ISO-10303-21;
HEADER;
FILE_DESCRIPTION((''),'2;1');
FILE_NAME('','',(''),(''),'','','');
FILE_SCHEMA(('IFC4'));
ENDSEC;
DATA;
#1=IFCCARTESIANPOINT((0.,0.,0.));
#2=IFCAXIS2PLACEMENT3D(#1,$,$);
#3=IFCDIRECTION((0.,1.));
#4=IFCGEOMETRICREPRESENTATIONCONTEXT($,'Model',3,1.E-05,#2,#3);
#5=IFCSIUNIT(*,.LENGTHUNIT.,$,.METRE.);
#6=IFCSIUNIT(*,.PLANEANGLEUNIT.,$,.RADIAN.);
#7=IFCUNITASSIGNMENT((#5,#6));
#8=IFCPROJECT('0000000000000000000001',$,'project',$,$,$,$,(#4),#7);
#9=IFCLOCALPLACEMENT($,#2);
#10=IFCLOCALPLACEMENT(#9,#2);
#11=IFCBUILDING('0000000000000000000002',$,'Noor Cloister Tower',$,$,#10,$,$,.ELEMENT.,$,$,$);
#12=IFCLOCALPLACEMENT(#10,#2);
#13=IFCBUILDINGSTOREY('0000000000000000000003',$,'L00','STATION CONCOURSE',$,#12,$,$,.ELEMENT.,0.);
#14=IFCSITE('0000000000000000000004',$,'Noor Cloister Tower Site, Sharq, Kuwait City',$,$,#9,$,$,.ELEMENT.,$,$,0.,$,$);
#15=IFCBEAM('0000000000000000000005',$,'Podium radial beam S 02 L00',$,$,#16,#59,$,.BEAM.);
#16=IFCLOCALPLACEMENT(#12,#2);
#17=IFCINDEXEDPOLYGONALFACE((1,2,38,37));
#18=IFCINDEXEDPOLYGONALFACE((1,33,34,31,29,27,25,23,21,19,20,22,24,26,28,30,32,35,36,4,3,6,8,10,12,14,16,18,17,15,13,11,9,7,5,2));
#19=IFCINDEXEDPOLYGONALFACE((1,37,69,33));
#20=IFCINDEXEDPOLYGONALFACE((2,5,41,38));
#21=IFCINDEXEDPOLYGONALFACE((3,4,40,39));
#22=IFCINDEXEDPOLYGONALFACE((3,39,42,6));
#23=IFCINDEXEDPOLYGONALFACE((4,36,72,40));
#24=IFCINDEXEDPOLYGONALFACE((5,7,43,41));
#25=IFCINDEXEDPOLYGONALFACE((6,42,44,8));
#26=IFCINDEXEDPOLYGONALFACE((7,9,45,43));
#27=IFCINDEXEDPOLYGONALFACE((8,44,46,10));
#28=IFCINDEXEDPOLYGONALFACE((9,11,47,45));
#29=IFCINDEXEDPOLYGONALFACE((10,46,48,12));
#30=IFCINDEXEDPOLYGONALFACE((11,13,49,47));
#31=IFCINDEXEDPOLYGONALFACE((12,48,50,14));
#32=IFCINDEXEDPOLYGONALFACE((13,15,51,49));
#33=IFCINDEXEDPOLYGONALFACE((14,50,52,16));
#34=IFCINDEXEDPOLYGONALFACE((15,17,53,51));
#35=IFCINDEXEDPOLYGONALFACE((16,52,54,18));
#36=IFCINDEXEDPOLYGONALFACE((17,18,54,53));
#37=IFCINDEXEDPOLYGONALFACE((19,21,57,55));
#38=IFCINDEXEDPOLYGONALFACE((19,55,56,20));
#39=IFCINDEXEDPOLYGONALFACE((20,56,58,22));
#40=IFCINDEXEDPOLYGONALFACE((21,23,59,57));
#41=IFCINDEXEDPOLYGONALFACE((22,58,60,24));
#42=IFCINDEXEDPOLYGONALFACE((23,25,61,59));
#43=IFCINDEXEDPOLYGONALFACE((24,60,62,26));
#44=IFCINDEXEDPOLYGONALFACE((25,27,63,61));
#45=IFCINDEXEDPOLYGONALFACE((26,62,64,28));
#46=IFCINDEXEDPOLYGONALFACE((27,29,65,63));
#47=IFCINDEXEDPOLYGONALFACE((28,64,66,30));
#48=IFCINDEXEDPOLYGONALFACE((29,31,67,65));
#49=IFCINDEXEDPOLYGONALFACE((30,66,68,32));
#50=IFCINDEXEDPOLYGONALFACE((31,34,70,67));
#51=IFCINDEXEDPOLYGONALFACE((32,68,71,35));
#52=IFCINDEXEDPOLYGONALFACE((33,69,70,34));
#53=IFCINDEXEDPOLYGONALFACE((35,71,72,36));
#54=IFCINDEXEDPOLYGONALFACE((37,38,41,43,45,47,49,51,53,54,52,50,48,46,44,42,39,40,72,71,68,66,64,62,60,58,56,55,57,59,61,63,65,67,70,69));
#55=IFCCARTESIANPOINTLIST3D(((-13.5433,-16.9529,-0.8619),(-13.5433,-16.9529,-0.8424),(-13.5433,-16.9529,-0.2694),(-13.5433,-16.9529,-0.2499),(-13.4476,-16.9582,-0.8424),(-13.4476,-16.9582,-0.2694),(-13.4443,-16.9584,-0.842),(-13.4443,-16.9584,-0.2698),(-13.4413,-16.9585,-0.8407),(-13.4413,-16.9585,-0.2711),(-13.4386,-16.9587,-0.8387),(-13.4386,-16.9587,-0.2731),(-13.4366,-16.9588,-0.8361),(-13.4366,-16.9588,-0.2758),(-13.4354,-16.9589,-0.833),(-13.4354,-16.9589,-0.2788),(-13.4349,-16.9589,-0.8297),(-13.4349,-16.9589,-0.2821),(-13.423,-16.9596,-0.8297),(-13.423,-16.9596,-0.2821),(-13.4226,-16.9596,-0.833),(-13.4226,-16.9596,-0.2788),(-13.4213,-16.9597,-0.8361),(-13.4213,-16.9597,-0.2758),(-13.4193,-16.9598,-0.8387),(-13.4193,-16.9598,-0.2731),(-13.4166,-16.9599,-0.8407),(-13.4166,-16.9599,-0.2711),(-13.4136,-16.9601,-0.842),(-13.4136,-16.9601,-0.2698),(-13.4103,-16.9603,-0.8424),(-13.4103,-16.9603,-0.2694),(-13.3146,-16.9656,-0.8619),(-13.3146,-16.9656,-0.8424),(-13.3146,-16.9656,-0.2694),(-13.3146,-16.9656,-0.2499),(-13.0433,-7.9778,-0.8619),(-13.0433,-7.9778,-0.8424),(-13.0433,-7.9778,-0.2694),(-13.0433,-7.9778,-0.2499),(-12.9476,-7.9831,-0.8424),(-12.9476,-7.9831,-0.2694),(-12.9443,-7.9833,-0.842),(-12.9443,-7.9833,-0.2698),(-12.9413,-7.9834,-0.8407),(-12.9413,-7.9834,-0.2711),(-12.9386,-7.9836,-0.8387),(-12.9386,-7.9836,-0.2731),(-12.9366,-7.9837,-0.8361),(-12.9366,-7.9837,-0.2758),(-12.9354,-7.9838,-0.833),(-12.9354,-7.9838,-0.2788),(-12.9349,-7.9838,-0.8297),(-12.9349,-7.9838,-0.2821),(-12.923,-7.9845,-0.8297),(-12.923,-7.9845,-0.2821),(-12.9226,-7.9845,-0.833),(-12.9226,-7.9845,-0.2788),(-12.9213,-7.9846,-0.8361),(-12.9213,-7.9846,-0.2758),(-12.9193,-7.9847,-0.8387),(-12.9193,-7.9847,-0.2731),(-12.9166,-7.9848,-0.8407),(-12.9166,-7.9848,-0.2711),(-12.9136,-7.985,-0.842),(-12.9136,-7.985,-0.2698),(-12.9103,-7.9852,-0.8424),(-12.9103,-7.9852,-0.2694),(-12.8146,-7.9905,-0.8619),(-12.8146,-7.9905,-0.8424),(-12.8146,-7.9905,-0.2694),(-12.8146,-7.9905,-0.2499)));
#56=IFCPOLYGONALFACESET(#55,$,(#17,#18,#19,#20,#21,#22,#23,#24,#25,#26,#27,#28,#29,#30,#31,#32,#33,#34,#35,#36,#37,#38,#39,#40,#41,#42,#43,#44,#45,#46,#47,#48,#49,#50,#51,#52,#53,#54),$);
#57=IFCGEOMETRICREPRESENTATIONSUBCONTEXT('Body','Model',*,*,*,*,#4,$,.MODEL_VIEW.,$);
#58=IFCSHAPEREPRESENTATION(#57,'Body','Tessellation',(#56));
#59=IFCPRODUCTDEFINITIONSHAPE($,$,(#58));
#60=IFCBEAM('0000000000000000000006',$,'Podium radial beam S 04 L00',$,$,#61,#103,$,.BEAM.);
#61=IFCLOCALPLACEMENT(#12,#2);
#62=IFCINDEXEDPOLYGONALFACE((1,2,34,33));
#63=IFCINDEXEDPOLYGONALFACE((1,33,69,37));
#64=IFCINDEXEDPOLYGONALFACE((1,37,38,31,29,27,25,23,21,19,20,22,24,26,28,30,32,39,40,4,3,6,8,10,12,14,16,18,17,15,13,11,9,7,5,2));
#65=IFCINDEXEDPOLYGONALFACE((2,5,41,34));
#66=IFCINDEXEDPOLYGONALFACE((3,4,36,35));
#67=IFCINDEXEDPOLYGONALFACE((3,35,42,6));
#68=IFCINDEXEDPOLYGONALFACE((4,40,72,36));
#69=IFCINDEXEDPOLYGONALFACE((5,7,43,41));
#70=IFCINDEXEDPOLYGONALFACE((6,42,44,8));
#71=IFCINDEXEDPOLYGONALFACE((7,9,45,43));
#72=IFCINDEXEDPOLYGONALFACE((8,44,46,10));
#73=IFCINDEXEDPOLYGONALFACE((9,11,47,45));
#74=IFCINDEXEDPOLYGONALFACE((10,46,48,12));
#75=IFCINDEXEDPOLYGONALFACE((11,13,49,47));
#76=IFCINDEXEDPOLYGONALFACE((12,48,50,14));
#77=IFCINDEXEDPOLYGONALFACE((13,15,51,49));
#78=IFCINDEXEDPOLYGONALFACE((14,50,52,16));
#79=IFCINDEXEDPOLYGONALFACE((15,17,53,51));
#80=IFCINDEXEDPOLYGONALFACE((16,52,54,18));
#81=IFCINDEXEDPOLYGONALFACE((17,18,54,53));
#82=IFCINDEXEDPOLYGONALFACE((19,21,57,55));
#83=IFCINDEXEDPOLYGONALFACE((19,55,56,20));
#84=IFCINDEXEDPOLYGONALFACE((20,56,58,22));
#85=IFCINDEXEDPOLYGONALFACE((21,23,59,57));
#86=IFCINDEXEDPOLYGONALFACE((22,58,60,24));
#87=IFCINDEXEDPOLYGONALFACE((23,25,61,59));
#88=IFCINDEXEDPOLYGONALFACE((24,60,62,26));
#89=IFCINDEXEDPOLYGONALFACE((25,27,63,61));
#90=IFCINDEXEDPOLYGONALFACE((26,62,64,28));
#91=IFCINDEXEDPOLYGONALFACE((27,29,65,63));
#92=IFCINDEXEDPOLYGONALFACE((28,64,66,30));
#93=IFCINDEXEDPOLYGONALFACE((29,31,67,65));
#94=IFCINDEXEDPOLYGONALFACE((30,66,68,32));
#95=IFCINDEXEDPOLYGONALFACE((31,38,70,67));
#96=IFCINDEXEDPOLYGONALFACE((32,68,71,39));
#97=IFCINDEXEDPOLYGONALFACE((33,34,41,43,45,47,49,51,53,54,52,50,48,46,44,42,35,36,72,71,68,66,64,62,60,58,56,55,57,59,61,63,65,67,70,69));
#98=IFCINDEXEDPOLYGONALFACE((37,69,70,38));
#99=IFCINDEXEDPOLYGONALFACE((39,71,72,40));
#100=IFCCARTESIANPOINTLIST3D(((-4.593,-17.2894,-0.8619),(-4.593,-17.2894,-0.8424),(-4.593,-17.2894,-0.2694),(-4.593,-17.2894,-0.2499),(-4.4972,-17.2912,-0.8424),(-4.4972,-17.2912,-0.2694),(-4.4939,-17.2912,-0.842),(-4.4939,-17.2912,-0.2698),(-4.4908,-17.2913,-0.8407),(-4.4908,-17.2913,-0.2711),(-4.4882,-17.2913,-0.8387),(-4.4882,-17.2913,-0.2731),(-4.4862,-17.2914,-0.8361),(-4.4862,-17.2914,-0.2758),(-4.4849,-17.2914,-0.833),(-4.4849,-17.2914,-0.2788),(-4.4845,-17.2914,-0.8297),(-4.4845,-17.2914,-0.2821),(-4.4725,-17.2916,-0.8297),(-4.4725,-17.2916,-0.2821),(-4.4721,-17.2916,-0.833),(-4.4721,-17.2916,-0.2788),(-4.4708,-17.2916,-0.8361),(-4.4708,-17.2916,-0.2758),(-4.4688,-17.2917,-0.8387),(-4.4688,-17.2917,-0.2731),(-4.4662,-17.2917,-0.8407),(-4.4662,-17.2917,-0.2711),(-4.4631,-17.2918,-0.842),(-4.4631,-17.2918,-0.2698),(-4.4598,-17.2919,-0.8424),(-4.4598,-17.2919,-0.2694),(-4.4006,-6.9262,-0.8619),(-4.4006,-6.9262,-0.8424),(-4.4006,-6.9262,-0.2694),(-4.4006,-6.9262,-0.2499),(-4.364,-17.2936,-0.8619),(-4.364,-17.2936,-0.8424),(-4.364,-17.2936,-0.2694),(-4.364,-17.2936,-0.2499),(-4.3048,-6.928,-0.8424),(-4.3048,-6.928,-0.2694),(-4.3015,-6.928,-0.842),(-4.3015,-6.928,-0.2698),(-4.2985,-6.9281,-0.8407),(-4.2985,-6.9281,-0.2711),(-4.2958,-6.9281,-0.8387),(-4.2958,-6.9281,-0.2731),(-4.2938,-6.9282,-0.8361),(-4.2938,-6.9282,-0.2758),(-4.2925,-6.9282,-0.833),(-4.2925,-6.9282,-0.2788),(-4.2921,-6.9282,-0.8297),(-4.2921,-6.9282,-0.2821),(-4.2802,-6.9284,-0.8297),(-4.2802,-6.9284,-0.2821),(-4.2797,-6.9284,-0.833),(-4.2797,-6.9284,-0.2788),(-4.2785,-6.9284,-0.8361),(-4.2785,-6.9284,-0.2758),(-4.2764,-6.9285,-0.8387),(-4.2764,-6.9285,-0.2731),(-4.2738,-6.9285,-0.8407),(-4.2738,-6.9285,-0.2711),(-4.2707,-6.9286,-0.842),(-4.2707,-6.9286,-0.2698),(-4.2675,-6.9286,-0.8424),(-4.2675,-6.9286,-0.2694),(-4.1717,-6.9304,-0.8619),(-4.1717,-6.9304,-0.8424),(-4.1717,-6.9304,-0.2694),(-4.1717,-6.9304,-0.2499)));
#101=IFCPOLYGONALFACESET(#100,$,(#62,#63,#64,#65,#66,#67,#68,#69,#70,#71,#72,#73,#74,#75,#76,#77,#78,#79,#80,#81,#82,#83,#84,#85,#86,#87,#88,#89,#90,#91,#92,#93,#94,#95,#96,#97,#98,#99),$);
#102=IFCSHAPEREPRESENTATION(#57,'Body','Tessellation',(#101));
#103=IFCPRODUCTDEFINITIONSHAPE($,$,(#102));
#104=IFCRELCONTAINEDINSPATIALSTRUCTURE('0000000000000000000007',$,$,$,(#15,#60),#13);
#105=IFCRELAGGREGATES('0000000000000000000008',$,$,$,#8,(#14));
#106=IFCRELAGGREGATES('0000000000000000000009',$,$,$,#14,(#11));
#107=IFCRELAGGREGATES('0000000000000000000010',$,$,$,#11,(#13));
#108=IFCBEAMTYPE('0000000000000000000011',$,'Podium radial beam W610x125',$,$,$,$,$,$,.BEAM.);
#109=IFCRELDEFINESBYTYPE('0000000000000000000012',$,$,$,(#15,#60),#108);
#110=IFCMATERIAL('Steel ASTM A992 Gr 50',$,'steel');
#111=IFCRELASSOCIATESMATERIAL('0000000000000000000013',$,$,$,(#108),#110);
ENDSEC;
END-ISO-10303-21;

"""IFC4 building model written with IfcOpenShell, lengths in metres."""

from ifc_helpers import new_model, si_unit, direction, frame, origin, origin_2d, place, context, subcontext, project, spatial, i_section, extrude, material, material_profile, profile_set, type_object, element, save


model = new_model("IFC4")

# Units and contexts
model_context = context("Model", 3, precision=1e-05, world=origin(), true_north=direction((0.0, 1.0)))
body_context = subcontext(model_context, "Body", "Model", "MODEL_VIEW")
ifc_project = project(units=[si_unit("LENGTHUNIT", "METRE"), si_unit("PLANEANGLEUNIT", "RADIAN")], contexts=[model_context])

# Site, building, storey
site_placement = place(None, origin())
site = spatial("IfcSite", under=ifc_project, at=site_placement, Name="Noor Cloister Tower Site, Sharq, Kuwait City", CompositionType="ELEMENT", RefElevation=0.0)
building_placement = place(site_placement, origin())
building = spatial("IfcBuilding", under=site, at=building_placement, Name="Noor Cloister Tower", CompositionType="ELEMENT")
storey_placement = place(building_placement, origin())
storey = spatial("IfcBuildingStorey", under=building, at=storey_placement, Name="L00", Description="STATION CONCOURSE", CompositionType="ELEMENT", Elevation=0.0)

# Beams
ifc_material_1 = material(Name="Steel ASTM A992 Gr 50", Category="steel")
ifc_material_profile = material_profile(ifc_material_1, i_section(OverallWidth=0.229, OverallDepth=0.6121, WebThickness=0.012, FlangeThickness=0.0195, FilletRadius=0.0127, at=origin_2d()), Name="W610x125")
ifc_profile_set = profile_set([ifc_material_profile], Name="Steel ASTM A992 Gr 50")
beam_type = type_object("IfcBeamType", Name="Podium radial beam W610x125", PredefinedType="BEAM", material=ifc_profile_set)
beam_1_placement = place(storey_placement, frame((-13.429, -16.9592, -0.5559), z_axis=(0.055623, 0.998452, 0.0), x_axis=(-0.998452, 0.055623, 0.0)))
element("IfcBeam", 1, at=beam_1_placement, inside=storey, type_object=beam_type, Name="Podium radial beam S 02 L00", PredefinedType="BEAM", context=body_context, shape_type="SweptSolid", body=[
    extrude(i_section(OverallWidth=0.229, OverallDepth=0.6121, WebThickness=0.012, FlangeThickness=0.0195, FilletRadius=0.0127, at=origin_2d()), origin(), (0.0, 0.0, 1.0), 8.989),
])
beam_2_placement = place(storey_placement, frame((-4.4785, -17.2915, -0.5559), z_axis=(0.018561, 0.999828, 0.0), x_axis=(-0.999828, 0.018561, 0.0)))
element("IfcBeam", 2, at=beam_2_placement, inside=storey, type_object=beam_type, Name="Podium radial beam S 04 L00", PredefinedType="BEAM", context=body_context, shape_type="SweptSolid", body=[
    extrude(i_section(OverallWidth=0.229, OverallDepth=0.6121, WebThickness=0.012, FlangeThickness=0.0195, FilletRadius=0.0127, at=origin_2d()), origin(), (0.0, 0.0, 1.0), 10.365),
])

save(model, "model.ifc")
